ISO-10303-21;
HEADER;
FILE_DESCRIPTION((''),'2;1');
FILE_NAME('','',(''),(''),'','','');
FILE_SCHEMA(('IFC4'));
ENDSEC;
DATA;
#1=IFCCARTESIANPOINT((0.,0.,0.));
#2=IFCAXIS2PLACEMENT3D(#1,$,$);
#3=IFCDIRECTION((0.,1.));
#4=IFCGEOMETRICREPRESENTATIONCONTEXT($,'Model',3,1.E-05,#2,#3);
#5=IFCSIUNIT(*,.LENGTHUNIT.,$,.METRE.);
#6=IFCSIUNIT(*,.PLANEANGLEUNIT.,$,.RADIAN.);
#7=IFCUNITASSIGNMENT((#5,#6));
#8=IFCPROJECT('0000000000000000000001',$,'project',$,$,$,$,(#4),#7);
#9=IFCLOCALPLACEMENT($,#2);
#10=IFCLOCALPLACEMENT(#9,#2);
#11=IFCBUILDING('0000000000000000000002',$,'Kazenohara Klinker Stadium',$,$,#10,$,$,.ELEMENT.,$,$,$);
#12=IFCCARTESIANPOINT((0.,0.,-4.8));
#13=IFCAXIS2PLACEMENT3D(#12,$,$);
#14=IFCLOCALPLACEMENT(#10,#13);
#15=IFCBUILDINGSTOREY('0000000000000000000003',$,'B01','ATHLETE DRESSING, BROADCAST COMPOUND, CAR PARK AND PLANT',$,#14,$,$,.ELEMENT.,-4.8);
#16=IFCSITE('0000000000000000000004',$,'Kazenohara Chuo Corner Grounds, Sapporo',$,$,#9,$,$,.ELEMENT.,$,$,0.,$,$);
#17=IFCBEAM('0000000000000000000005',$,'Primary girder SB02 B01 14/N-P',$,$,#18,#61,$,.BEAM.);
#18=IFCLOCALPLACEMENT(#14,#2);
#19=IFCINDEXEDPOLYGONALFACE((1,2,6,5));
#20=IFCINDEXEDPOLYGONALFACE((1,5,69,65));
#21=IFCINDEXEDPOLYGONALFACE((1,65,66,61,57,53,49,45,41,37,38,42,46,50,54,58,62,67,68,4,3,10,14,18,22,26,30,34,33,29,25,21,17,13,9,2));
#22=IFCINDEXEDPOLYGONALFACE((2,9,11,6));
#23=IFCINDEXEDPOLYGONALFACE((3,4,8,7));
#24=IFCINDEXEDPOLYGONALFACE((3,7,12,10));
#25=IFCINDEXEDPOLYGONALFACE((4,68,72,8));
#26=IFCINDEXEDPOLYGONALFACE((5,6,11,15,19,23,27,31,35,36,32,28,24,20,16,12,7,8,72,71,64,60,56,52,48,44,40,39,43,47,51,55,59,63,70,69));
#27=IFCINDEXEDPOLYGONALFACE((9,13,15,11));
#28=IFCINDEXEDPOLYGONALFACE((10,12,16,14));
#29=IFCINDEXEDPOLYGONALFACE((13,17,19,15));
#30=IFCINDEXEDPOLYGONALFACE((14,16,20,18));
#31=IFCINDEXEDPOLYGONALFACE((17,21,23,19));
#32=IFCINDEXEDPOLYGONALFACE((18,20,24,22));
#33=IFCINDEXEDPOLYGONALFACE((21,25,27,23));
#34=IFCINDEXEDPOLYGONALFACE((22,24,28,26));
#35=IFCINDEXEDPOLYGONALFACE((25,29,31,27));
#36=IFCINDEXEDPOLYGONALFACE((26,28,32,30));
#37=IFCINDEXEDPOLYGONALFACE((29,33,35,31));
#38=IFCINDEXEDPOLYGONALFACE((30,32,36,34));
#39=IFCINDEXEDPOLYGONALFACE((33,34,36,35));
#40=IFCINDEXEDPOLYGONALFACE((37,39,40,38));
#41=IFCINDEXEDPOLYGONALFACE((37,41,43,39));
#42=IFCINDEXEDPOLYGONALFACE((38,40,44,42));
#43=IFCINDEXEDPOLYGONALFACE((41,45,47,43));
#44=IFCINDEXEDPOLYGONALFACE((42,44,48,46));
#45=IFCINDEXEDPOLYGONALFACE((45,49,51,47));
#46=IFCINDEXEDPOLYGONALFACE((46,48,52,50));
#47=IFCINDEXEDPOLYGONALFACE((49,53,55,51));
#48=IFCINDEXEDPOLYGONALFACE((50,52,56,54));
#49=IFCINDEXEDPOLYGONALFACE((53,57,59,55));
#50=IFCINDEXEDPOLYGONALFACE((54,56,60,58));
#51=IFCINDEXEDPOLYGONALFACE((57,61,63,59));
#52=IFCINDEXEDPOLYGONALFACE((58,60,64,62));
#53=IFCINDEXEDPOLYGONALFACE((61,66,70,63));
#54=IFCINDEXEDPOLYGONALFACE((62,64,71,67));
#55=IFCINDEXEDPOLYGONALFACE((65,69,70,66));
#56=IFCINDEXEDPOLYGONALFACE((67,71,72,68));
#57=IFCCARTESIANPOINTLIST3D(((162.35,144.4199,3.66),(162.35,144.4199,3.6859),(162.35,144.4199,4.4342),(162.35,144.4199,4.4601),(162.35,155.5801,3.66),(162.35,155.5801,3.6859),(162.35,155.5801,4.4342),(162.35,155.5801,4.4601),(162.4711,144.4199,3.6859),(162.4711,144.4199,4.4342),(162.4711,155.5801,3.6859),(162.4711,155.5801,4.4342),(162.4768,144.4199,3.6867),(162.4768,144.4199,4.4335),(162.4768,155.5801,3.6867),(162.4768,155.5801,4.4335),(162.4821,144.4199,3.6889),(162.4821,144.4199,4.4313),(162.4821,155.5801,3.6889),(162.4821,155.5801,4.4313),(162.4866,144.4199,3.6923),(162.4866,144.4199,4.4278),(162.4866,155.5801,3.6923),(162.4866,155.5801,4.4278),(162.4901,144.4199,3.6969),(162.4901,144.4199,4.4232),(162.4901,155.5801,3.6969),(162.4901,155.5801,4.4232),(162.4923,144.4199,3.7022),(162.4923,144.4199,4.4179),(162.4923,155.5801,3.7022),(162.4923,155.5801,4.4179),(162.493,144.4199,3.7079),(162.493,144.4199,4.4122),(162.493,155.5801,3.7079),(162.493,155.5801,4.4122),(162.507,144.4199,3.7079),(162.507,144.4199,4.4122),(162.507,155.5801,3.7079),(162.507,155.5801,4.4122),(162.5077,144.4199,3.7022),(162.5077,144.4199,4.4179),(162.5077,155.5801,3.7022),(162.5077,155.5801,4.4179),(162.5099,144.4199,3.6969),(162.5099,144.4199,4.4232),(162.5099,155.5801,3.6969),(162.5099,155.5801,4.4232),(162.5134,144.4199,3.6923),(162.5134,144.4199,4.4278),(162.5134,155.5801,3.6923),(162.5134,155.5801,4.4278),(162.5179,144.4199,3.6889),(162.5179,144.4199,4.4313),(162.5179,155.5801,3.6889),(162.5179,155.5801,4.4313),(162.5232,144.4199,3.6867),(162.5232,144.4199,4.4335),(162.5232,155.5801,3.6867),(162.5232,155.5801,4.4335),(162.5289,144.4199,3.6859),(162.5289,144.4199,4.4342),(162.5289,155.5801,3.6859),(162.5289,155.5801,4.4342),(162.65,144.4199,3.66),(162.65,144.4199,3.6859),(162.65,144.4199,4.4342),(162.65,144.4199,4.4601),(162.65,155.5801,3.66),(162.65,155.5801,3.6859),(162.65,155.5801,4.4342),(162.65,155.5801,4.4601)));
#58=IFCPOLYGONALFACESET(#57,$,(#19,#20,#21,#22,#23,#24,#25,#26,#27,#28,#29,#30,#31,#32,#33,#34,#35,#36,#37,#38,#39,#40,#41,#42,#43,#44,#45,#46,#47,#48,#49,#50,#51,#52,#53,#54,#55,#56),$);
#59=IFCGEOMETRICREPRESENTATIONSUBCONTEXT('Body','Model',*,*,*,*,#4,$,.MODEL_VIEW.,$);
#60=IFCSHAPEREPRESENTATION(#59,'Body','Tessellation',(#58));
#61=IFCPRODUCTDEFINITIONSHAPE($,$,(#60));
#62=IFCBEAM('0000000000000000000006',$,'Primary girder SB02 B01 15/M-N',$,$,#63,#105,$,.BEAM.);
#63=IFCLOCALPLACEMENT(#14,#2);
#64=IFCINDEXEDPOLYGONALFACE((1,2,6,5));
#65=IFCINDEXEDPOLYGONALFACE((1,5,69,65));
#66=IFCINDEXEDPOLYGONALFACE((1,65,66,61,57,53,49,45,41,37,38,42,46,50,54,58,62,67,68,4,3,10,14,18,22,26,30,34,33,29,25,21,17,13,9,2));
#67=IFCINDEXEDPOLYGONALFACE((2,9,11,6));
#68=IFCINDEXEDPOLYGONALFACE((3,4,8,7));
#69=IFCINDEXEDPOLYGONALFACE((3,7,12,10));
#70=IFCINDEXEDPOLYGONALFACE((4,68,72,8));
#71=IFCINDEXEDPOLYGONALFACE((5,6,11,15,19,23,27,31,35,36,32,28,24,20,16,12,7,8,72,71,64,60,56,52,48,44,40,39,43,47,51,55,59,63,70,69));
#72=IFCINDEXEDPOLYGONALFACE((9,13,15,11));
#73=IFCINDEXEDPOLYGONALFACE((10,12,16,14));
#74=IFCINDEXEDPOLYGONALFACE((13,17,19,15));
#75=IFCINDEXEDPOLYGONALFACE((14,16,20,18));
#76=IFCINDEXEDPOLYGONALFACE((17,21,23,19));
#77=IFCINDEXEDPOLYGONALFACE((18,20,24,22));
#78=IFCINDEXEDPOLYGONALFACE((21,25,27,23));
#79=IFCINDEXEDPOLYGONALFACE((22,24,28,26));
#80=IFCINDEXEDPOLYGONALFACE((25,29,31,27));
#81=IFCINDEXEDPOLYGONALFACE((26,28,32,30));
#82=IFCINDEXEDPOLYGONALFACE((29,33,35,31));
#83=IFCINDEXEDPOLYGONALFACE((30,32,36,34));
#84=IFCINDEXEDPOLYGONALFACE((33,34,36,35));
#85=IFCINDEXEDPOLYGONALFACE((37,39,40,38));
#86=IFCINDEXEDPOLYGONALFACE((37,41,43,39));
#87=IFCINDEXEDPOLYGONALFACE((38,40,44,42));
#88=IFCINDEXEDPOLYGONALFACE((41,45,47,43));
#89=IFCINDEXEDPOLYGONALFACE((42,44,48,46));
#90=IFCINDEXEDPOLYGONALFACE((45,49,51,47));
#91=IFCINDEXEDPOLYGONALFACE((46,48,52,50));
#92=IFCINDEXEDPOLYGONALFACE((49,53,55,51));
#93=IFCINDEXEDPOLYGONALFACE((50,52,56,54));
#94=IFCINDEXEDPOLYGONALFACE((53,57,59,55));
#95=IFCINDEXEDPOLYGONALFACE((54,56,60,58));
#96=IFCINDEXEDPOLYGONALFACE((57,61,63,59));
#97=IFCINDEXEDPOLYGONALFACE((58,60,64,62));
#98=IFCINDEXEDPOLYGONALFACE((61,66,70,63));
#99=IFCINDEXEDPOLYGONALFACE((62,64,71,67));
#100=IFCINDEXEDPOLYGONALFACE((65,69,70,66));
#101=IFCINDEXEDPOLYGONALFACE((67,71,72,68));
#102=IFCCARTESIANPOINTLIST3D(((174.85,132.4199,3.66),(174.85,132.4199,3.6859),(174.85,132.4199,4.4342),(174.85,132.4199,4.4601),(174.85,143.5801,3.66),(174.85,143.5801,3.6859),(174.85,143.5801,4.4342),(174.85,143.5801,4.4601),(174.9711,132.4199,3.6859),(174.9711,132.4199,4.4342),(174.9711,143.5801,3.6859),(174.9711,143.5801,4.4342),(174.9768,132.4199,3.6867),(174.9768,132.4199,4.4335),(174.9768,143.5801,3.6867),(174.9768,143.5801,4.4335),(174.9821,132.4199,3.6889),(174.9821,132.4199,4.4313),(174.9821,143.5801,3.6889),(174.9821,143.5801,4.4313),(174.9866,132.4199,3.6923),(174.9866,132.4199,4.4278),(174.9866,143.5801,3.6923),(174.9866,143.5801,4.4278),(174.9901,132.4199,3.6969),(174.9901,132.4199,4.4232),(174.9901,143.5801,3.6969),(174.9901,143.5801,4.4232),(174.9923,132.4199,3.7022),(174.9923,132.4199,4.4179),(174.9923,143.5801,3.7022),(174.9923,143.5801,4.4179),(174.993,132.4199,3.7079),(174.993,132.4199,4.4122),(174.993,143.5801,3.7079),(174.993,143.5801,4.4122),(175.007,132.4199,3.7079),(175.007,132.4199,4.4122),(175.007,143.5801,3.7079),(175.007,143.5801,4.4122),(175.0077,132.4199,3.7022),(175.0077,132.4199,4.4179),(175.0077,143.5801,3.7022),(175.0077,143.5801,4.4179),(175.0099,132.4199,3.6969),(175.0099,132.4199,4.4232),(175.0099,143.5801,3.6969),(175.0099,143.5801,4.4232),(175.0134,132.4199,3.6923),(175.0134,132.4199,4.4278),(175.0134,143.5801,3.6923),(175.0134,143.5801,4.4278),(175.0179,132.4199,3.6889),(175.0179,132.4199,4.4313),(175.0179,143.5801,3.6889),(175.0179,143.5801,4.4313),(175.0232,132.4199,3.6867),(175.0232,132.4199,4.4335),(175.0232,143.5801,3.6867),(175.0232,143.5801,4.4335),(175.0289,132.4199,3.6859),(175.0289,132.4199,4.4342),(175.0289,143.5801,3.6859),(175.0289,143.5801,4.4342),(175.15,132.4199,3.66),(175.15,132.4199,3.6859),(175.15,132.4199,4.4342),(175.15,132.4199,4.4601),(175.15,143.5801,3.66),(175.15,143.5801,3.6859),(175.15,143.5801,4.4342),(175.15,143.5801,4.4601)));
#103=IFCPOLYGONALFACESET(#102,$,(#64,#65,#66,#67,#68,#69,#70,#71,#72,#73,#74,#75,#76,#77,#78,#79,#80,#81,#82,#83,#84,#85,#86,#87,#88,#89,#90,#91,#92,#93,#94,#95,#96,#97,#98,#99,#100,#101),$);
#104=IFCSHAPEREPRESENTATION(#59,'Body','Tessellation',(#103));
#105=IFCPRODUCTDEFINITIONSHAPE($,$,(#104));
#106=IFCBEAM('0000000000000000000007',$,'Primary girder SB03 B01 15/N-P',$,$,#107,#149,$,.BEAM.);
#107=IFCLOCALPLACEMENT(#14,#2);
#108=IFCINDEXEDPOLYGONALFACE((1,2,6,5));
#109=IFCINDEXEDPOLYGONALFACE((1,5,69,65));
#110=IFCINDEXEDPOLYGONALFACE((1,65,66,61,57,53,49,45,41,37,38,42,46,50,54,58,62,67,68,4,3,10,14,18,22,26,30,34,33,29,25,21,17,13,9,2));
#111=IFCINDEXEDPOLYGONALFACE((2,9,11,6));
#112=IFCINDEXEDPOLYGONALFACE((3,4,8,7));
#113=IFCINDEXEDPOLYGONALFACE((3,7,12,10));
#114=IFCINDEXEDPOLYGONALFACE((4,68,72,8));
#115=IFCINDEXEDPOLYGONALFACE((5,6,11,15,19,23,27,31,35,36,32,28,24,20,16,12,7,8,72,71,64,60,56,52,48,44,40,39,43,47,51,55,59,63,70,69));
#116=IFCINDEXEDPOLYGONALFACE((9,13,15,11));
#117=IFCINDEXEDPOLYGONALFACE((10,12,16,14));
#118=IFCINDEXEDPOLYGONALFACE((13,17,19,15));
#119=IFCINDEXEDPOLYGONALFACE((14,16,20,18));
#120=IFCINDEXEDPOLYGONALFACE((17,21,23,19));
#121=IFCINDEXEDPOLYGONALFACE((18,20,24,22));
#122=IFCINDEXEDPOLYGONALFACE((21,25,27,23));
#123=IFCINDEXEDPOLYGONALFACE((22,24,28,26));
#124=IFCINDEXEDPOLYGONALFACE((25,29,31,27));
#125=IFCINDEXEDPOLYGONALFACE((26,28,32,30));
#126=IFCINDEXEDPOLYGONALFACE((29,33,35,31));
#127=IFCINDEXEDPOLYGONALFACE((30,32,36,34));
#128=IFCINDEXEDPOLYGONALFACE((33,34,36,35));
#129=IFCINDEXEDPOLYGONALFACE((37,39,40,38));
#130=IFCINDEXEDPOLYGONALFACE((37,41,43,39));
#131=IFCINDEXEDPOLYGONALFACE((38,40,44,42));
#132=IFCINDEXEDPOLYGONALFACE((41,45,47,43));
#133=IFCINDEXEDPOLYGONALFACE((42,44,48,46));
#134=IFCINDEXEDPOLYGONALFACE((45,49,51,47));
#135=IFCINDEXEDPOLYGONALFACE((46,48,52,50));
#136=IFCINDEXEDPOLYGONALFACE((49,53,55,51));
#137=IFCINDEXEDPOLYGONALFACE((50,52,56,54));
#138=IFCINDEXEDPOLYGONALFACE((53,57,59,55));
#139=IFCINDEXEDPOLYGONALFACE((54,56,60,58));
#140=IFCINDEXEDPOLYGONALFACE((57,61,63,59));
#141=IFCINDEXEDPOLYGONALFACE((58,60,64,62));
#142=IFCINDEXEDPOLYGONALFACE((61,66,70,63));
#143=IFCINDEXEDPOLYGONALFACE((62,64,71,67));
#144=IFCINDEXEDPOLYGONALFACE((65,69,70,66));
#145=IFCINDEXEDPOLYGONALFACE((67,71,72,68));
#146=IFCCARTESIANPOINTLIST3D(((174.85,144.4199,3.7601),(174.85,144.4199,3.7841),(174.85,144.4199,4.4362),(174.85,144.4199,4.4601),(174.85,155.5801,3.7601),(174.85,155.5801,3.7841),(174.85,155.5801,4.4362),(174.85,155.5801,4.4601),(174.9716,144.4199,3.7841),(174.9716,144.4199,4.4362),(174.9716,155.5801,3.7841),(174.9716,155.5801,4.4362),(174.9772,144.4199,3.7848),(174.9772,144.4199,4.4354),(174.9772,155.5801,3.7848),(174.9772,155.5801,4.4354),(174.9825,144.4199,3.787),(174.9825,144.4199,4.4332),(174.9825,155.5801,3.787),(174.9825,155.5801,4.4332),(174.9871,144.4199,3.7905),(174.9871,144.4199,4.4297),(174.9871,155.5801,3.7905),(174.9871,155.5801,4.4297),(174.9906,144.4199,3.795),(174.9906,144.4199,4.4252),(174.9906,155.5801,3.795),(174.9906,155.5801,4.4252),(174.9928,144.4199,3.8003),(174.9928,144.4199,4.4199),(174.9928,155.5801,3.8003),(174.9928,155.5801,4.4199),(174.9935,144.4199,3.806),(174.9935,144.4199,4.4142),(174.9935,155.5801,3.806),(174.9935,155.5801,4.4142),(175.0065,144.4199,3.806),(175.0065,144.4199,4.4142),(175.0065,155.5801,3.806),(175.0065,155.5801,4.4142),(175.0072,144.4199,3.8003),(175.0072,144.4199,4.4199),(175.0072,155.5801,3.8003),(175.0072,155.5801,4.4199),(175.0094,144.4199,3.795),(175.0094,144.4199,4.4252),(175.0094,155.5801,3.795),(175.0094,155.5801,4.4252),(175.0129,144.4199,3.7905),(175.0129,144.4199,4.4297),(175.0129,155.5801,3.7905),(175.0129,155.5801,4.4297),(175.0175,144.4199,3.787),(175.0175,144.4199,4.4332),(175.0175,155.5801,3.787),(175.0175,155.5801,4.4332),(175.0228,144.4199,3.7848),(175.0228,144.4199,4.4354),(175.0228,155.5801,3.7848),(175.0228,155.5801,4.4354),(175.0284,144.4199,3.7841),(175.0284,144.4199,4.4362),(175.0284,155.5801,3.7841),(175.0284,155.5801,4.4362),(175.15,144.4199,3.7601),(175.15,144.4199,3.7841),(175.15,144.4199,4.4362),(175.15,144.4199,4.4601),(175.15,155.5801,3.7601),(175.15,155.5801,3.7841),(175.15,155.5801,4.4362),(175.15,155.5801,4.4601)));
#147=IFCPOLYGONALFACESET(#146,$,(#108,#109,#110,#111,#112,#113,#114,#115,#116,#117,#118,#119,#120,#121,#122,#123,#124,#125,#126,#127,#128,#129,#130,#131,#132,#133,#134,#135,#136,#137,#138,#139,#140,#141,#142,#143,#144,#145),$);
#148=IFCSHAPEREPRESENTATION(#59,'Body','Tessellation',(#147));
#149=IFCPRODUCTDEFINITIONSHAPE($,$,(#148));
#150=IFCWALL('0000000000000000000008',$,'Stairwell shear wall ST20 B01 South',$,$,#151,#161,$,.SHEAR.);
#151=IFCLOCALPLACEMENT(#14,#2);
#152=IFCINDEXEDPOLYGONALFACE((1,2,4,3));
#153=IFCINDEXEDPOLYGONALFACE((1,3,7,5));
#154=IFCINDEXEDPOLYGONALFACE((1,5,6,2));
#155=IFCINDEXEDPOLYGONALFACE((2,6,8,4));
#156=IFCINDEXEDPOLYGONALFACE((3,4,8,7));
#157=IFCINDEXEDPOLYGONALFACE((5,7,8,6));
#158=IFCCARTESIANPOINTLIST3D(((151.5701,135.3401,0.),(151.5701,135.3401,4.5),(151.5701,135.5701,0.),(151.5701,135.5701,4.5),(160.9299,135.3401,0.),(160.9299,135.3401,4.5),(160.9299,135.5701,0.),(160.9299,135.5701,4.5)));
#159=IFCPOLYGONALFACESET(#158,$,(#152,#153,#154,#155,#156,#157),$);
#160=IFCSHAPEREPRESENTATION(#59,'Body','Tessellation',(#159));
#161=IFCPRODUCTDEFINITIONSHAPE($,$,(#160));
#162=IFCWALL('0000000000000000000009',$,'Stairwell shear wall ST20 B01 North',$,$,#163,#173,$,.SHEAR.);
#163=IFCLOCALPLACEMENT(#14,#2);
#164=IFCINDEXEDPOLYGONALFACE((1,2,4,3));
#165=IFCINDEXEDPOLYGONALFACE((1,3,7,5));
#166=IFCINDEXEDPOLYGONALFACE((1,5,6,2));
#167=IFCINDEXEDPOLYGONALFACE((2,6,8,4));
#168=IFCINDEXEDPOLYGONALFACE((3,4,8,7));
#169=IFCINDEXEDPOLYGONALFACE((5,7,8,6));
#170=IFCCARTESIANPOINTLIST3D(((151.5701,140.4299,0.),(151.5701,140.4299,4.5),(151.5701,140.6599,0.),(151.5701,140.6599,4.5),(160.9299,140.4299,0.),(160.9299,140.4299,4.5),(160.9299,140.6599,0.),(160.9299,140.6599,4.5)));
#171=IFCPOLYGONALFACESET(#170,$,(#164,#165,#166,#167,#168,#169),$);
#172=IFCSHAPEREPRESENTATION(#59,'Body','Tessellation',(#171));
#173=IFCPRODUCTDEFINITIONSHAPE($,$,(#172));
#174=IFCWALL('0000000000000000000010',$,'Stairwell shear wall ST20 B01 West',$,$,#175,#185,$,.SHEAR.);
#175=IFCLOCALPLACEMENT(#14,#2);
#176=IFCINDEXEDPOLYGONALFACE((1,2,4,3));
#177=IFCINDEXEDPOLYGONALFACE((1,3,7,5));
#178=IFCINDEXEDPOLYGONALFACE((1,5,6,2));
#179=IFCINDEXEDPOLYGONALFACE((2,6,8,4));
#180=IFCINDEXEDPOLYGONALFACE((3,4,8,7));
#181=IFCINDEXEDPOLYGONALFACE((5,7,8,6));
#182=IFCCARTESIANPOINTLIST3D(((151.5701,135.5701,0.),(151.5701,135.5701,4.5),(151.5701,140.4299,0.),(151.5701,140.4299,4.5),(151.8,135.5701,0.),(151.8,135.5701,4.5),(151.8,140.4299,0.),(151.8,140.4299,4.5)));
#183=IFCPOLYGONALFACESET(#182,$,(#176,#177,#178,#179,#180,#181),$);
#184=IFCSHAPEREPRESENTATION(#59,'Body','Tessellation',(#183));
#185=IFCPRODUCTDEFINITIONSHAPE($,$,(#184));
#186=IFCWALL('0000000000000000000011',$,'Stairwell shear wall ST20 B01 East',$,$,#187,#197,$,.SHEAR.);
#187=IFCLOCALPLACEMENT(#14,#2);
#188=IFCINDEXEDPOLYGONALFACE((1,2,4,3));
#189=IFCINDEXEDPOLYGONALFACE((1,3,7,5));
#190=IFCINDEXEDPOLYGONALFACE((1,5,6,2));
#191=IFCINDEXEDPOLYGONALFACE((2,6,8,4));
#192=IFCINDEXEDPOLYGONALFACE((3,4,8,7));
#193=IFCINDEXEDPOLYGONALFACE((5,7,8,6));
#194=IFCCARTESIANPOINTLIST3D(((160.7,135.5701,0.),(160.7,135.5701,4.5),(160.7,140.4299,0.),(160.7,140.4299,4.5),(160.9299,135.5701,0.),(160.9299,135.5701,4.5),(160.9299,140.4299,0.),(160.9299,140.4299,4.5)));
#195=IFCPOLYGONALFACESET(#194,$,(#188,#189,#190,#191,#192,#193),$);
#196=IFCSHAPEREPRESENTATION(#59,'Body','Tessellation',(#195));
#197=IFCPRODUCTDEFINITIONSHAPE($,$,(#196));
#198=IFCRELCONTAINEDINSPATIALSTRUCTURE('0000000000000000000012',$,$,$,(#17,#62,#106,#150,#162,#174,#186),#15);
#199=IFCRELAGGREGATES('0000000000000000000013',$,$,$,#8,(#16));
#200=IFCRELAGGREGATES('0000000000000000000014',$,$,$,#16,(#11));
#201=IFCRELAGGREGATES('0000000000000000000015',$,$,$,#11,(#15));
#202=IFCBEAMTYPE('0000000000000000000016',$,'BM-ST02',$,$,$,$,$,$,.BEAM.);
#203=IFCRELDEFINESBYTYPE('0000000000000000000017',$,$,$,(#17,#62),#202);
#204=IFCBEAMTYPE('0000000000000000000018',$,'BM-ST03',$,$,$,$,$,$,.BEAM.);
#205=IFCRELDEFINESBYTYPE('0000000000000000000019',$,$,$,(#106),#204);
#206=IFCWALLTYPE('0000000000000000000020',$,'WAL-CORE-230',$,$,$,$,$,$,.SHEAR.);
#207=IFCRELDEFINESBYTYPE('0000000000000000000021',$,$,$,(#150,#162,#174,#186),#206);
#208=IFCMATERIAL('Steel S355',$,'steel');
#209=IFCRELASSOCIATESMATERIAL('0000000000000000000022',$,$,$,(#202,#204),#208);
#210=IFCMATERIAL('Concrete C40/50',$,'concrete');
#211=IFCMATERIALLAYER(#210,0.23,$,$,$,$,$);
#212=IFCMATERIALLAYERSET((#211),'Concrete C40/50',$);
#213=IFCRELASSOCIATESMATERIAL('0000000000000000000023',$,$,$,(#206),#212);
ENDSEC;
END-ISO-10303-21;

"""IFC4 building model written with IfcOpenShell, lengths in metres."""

from ifc_helpers import new_model, si_unit, direction, frame, frame_2d, origin, origin_2d, place, context, subcontext, project, spatial, rectangle, i_section, extrude, material, layer, layer_set, material_profile, profile_set, type_object, element, save


model = new_model("IFC4")

# Units and contexts
model_context = context("Model", 3, precision=1e-05, world=origin(), true_north=direction((0.0, 1.0)))
body_context = subcontext(model_context, "Body", "Model", "MODEL_VIEW")
ifc_project = project(units=[si_unit("LENGTHUNIT", "METRE"), si_unit("PLANEANGLEUNIT", "RADIAN")], contexts=[model_context])

# Site, building, storey
site_placement = place(None, origin())
site = spatial("IfcSite", under=ifc_project, at=site_placement, Name="Kazenohara Chuo Corner Grounds, Sapporo", CompositionType="ELEMENT", RefElevation=0.0)
building_placement = place(site_placement, origin())
building = spatial("IfcBuilding", under=site, at=building_placement, Name="Kazenohara Klinker Stadium", CompositionType="ELEMENT")
storey_placement = place(building_placement, frame((0.0, 0.0, -4.8)))
storey = spatial("IfcBuildingStorey", under=building, at=storey_placement, Name="B01", Description="ATHLETE DRESSING, BROADCAST COMPOUND, CAR PARK AND PLANT", CompositionType="ELEMENT", Elevation=-4.8)

# Shared definitions
ifc_material_1 = material(Name="Concrete C40/50", Category="concrete")

# Beams
ifc_material_2 = material(Name="Steel S355", Category="steel")
ifc_material_profile_1 = material_profile(ifc_material_2, i_section(OverallWidth=0.3, OverallDepth=0.8, WebThickness=0.0139, FlangeThickness=0.0259, FilletRadius=0.022, at=origin_2d()), Name="H-800x300x14x26")
ifc_profile_set_1 = profile_set([ifc_material_profile_1], Name="Steel S355")
beam_type_1 = type_object("IfcBeamType", Name="BM-ST02", PredefinedType="BEAM", material=ifc_profile_set_1)
for number, where, z_axis, x_axis, name in (
    (1, (162.5, 144.4199, 4.0601), (0.0, 1.0, 0.0), (-1.0, 0.0, 0.0), "Primary girder SB02 B01 14/N-P"),
    (2, (175.0, 132.4199, 4.0601), (0.0, 1.0, 0.0), (-1.0, 0.0, 0.0), "Primary girder SB02 B01 15/M-N"),
):
    element("IfcBeam", number, at=place(storey_placement, frame(where, z_axis=z_axis, x_axis=x_axis)), inside=storey, type_object=beam_type_1, Name=name, PredefinedType="BEAM", context=body_context, shape_type="SweptSolid", body=[
        extrude(i_section(OverallWidth=0.3, OverallDepth=0.8, WebThickness=0.0139, FlangeThickness=0.0259, FilletRadius=0.022, at=origin_2d()), origin(), (0.0, 0.0, 1.0), 11.1602),
    ])
ifc_material_profile_2 = material_profile(ifc_material_2, i_section(OverallWidth=0.3, OverallDepth=0.7, WebThickness=0.0129, FlangeThickness=0.0239, FilletRadius=0.022, at=origin_2d()), Name="H-700x300x13x24")
ifc_profile_set_2 = profile_set([ifc_material_profile_2], Name="Steel S355")
beam_type_2 = type_object("IfcBeamType", Name="BM-ST03", PredefinedType="BEAM", material=ifc_profile_set_2)
beam_1_placement = place(storey_placement, frame((175.0, 144.4199, 4.1101), z_axis=(0.0, 1.0, 0.0), x_axis=(-1.0, 0.0, 0.0)))
element("IfcBeam", 3, at=beam_1_placement, inside=storey, type_object=beam_type_2, Name="Primary girder SB03 B01 15/N-P", PredefinedType="BEAM", context=body_context, shape_type="SweptSolid", body=[
    extrude(i_section(OverallWidth=0.3, OverallDepth=0.7, WebThickness=0.0129, FlangeThickness=0.0239, FilletRadius=0.022, at=origin_2d()), origin(), (0.0, 0.0, 1.0), 11.1602),
])

# Walls
ifc_layer = layer(ifc_material_1, 0.23)
ifc_layer_set = layer_set([ifc_layer], Name="Concrete C40/50")
wall_type = type_object("IfcWallType", Name="WAL-CORE-230", PredefinedType="SHEAR", material=ifc_layer_set)
for number, where, z_axis, x_axis, name in (
    (4, (151.5701, 135.4551, 0.0), (0.0, 0.0, 1.0), (1.0, 0.0, 0.0), "Stairwell shear wall ST20 B01 South"),
    (5, (151.5701, 140.5449, 0.0), (0.0, 0.0, 1.0), (1.0, 0.0, 0.0), "Stairwell shear wall ST20 B01 North"),
):
    element("IfcWall", number, at=place(storey_placement, frame(where, z_axis=z_axis, x_axis=x_axis)), inside=storey, type_object=wall_type, Name=name, PredefinedType="SHEAR", context=body_context, shape_type="SweptSolid", body=[
        extrude(rectangle(XDim=9.3599, YDim=0.23, at=frame_2d((4.6799, 0.0))), origin(), (0.0, 0.0, 1.0), 4.5),
    ])
for number, where, z_axis, x_axis, name in (
    (6, (151.6851, 135.5701, 0.0), (0.0, 0.0, 1.0), (0.0, 1.0, 0.0), "Stairwell shear wall ST20 B01 West"),
    (7, (160.8149, 135.5701, 0.0), (0.0, 0.0, 1.0), (0.0, 1.0, 0.0), "Stairwell shear wall ST20 B01 East"),
):
    element("IfcWall", number, at=place(storey_placement, frame(where, z_axis=z_axis, x_axis=x_axis)), inside=storey, type_object=wall_type, Name=name, PredefinedType="SHEAR", context=body_context, shape_type="SweptSolid", body=[
        extrude(rectangle(XDim=4.8599, YDim=0.23, at=frame_2d((2.4299, 0.0))), origin(), (0.0, 0.0, 1.0), 4.5),
    ])

save(model, "model.ifc")
